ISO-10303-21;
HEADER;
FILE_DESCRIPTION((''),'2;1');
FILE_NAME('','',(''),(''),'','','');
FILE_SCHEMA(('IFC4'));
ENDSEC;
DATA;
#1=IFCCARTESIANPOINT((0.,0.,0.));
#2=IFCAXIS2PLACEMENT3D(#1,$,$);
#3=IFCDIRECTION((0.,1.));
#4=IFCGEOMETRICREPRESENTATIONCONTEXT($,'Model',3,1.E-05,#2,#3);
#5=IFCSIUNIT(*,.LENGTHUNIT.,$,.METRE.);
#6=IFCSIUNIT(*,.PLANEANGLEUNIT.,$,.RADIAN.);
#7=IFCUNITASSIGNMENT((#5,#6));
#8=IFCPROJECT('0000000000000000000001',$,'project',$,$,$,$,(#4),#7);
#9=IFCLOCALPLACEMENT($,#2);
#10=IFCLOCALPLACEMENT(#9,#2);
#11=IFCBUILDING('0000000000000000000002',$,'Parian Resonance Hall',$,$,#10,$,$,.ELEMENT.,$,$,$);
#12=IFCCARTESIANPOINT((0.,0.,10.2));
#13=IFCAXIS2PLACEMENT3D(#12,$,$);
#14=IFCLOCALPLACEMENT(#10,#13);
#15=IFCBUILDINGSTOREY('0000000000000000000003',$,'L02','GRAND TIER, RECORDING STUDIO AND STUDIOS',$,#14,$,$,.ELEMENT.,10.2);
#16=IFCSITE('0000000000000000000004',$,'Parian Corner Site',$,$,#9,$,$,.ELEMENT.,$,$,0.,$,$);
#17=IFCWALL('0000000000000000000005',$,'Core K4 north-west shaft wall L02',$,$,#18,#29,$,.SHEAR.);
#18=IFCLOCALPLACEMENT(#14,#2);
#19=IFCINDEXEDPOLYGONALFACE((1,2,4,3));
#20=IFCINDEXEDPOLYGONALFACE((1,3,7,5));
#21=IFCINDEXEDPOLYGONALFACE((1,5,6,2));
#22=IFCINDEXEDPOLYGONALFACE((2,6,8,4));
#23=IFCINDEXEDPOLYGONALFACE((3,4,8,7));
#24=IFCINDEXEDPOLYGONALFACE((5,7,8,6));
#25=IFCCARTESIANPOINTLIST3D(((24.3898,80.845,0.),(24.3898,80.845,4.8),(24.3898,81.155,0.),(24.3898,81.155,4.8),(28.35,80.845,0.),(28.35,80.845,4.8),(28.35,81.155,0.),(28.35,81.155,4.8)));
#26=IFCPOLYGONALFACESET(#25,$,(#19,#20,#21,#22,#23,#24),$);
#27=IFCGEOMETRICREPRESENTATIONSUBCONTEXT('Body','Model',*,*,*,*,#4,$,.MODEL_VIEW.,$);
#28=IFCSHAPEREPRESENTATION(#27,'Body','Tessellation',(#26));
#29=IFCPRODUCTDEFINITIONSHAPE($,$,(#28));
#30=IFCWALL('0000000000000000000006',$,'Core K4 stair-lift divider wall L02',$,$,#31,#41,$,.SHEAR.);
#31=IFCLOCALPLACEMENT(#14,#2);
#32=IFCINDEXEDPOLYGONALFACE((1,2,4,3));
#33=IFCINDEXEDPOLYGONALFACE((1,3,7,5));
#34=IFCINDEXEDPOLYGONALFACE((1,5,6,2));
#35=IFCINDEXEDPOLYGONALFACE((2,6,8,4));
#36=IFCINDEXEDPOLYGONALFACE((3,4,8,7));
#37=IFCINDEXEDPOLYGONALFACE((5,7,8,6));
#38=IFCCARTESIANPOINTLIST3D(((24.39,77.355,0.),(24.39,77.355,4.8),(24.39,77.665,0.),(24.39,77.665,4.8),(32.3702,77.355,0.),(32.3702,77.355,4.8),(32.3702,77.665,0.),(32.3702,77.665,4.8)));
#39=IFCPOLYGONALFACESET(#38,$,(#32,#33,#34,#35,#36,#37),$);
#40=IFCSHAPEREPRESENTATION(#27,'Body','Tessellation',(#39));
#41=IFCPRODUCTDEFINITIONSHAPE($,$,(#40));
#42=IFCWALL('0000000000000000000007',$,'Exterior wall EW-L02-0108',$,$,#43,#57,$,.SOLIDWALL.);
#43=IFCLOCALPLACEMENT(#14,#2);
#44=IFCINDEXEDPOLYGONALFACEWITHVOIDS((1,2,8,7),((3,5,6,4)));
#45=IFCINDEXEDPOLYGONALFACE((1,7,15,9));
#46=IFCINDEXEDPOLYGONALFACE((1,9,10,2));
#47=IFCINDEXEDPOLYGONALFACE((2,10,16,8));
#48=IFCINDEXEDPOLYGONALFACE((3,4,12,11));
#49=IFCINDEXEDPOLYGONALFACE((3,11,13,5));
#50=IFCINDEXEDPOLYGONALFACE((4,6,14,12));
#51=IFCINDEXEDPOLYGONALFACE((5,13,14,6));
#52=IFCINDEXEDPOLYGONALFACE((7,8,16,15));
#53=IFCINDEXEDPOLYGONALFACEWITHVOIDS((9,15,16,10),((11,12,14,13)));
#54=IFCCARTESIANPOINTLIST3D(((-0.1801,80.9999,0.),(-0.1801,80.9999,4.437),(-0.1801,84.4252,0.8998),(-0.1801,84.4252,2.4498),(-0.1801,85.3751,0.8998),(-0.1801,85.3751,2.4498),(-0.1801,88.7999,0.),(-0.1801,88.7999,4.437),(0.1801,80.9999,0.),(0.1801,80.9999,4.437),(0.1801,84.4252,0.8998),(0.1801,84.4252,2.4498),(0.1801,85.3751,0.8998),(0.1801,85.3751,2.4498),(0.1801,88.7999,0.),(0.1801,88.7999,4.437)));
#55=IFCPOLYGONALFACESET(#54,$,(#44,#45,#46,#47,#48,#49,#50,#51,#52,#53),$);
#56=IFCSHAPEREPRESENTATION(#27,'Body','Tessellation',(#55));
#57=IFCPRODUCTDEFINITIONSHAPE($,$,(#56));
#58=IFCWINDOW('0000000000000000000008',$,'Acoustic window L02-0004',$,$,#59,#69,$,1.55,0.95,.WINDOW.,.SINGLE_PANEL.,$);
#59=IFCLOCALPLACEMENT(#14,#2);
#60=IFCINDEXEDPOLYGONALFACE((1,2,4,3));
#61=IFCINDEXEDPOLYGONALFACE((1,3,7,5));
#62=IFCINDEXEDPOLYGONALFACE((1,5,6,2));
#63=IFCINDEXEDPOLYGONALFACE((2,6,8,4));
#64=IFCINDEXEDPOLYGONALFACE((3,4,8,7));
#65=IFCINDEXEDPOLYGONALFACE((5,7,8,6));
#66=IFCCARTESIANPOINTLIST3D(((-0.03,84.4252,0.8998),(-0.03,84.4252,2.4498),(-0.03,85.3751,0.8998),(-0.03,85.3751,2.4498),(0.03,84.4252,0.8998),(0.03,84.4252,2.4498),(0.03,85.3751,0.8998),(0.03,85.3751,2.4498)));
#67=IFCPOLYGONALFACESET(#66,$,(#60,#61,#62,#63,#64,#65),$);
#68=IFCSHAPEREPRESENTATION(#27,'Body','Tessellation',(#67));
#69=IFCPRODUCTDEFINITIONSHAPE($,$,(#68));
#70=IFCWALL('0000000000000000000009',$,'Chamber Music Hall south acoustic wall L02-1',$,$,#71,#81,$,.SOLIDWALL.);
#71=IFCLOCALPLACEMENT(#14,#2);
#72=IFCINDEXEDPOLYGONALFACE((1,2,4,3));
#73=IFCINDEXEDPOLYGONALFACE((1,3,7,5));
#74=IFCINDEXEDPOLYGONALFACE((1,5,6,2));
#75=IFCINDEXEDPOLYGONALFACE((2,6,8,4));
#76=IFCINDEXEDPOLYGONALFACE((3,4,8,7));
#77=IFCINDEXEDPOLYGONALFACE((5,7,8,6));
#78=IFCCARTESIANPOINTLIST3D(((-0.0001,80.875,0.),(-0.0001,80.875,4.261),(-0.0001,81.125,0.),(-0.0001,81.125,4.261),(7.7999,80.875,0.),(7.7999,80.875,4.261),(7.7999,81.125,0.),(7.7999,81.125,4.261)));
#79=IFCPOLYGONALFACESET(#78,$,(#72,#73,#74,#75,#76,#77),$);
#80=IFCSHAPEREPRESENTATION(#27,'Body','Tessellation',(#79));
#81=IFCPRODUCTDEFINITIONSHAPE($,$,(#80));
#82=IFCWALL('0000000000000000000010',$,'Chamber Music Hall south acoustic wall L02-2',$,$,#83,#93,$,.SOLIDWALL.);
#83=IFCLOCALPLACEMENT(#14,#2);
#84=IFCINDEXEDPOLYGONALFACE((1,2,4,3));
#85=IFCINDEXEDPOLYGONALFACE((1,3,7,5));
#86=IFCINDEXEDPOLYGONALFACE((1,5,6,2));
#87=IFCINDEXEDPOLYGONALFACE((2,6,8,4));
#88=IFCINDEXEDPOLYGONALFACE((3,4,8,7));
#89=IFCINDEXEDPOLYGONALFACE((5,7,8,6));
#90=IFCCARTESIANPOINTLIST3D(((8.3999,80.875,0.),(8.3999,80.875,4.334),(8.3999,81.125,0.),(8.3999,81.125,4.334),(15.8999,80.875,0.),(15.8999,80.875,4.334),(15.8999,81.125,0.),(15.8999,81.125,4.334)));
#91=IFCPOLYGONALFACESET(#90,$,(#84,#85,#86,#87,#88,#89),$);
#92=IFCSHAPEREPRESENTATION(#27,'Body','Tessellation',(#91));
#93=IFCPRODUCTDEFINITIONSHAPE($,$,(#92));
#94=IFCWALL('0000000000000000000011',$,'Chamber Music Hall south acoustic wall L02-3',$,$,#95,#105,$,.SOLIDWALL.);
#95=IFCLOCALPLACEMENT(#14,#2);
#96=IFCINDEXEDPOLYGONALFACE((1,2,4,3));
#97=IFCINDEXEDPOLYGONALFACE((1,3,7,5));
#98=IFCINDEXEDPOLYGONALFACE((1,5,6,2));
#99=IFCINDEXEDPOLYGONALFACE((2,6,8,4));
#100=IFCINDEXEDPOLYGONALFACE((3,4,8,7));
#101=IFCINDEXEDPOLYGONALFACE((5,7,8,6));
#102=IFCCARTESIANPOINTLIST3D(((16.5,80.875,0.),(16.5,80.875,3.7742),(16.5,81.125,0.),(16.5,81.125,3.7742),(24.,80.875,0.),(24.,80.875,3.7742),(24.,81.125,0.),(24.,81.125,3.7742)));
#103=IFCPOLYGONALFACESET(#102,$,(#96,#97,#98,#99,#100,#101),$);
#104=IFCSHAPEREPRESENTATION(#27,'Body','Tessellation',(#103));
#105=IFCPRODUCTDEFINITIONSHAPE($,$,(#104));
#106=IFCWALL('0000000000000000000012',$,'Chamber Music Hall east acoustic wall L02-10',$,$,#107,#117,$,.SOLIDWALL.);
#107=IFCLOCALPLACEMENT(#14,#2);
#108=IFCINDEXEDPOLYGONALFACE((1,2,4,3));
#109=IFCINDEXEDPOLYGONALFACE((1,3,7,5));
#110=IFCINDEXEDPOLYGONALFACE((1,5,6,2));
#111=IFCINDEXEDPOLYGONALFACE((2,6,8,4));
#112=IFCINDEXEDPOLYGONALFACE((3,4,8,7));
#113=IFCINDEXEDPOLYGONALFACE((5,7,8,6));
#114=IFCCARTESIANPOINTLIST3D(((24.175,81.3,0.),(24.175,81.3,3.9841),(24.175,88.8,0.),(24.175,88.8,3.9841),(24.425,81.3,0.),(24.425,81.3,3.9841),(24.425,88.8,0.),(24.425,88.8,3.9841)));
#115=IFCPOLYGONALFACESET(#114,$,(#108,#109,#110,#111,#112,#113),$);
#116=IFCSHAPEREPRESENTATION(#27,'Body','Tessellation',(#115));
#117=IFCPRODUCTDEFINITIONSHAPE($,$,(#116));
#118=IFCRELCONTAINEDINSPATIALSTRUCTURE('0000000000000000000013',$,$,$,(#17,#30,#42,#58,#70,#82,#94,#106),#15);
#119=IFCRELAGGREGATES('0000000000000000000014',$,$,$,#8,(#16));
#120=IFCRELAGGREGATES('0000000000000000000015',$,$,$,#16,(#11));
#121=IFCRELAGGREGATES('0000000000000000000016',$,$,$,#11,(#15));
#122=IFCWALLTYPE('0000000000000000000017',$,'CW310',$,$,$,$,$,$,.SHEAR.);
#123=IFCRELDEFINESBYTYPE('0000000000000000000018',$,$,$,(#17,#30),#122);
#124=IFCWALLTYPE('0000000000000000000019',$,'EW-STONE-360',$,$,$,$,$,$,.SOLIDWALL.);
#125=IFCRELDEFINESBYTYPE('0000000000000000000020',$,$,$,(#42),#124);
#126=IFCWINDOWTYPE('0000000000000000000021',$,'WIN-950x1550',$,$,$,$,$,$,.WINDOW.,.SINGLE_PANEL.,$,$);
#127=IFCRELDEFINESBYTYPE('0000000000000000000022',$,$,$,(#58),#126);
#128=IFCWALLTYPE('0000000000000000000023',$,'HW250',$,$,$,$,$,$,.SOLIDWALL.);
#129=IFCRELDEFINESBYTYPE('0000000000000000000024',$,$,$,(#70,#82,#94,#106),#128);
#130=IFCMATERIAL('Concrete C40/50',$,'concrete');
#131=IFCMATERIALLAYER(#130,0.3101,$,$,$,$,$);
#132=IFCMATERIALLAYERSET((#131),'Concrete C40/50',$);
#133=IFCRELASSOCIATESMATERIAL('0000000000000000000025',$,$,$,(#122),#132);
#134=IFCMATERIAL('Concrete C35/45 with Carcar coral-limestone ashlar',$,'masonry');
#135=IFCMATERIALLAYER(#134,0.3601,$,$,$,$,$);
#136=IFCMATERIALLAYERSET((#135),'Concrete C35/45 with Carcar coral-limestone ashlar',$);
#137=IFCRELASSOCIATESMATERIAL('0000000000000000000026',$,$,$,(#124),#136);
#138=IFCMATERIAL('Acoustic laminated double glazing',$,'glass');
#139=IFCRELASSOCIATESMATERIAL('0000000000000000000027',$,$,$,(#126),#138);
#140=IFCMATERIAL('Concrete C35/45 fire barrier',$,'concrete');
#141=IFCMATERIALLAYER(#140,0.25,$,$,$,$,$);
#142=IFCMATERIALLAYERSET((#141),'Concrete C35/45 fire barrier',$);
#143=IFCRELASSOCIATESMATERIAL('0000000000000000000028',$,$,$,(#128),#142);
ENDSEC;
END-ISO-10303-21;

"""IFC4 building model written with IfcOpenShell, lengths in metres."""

from ifc_helpers import new_model, si_unit, direction, frame, frame_2d, origin, place, context, subcontext, project, spatial, rectangle, extrude, material, layer, layer_set, type_object, element, fill, save


model = new_model("IFC4")

# Units and contexts
model_context = context("Model", 3, precision=1e-05, world=origin(), true_north=direction((0.0, 1.0)))
body_context = subcontext(model_context, "Body", "Model", "MODEL_VIEW")
ifc_project = project(units=[si_unit("LENGTHUNIT", "METRE"), si_unit("PLANEANGLEUNIT", "RADIAN")], contexts=[model_context])

# Site, building, storey
site_placement = place(None, origin())
site = spatial("IfcSite", under=ifc_project, at=site_placement, Name="Parian Corner Site", CompositionType="ELEMENT", RefElevation=0.0)
building_placement = place(site_placement, origin())
building = spatial("IfcBuilding", under=site, at=building_placement, Name="Parian Resonance Hall", CompositionType="ELEMENT")
storey_placement = place(building_placement, frame((0.0, 0.0, 10.2)))
storey = spatial("IfcBuildingStorey", under=building, at=storey_placement, Name="L02", Description="GRAND TIER, RECORDING STUDIO AND STUDIOS", CompositionType="ELEMENT", Elevation=10.2)

# Shared definitions
ifc_material_1 = material(Name="Concrete C40/50", Category="concrete")
ifc_layer_1 = layer(ifc_material_1, 0.3101)
ifc_layer_set_1 = layer_set([ifc_layer_1], Name="Concrete C40/50")
wall_type_1 = type_object("IfcWallType", Name="CW310", PredefinedType="SHEAR", material=ifc_layer_set_1)

# Walls
wall_1_placement = place(storey_placement, frame((24.3899, 81.0, 0.0), z_axis=(0.0, 0.0, 1.0), x_axis=(1.0, 0.0, 0.0)))
element("IfcWall", 1, at=wall_1_placement, inside=storey, type_object=wall_type_1, Name="Core K4 north-west shaft wall L02", PredefinedType="SHEAR", context=body_context, shape_type="SweptSolid", body=[
    extrude(rectangle(XDim=3.9602, YDim=0.3101, at=frame_2d((1.98, 0.0))), origin(), (0.0, 0.0, 1.0), 4.8),
])
wall_2_placement = place(storey_placement, frame((24.3899, 77.51, 0.0), z_axis=(0.0, 0.0, 1.0), x_axis=(1.0, 0.0, 0.0)))
element("IfcWall", 2, at=wall_2_placement, inside=storey, type_object=wall_type_1, Name="Core K4 stair-lift divider wall L02", PredefinedType="SHEAR", context=body_context, shape_type="SweptSolid", body=[
    extrude(rectangle(XDim=7.9802, YDim=0.3101, at=frame_2d((3.9902, 0.0))), origin(), (0.0, 0.0, 1.0), 4.8),
])

# Wall, opening, window
ifc_material_2 = material(Name="Concrete C35/45 with Carcar coral-limestone ashlar", Category="masonry")
ifc_layer_2 = layer(ifc_material_2, 0.3601)
ifc_layer_set_2 = layer_set([ifc_layer_2], Name="Concrete C35/45 with Carcar coral-limestone ashlar")
wall_type_2 = type_object("IfcWallType", Name="EW-STONE-360", PredefinedType="SOLIDWALL", material=ifc_layer_set_2)
wall_3_placement = place(storey_placement, frame((0.0, 81.0, 0.0), z_axis=(0.0, 0.0, 1.0), x_axis=(0.0, 1.0, 0.0)))
wall_3 = element("IfcWall", 3, at=wall_3_placement, inside=storey, type_object=wall_type_2, Name="Exterior wall EW-L02-0108", PredefinedType="SOLIDWALL", context=body_context, shape_type="SweptSolid", body=[
    extrude(rectangle(XDim=7.8, YDim=0.3601, at=frame_2d((3.8999, 0.0))), origin(), (0.0, 0.0, 1.0), 4.437),
])
opening_1_placement = place(wall_3_placement, frame((3.425, 0.0, 0.8999)))
opening_1 = element("IfcOpeningElement", 4, at=opening_1_placement, cuts=wall_3, PredefinedType="OPENING", context=body_context, shape_type="SweptSolid", body=[
    extrude(rectangle(XDim=0.95, YDim=1.55, at=frame_2d((0.4751, 0.7749))), frame((0.0, 0.1899, 0.0), z_axis=(0.0, -1.0, 0.0), x_axis=(1.0, 0.0, 0.0)), (0.0, 0.0, 1.0), 0.3801),
])
ifc_material_3 = material(Name="Acoustic laminated double glazing", Category="glass")
window_type = type_object("IfcWindowType", Name="WIN-950x1550", PartitioningType="SINGLE_PANEL", PredefinedType="WINDOW", material=ifc_material_3)
window_placement = place(opening_1_placement, origin())
window = element("IfcWindow", 5, at=window_placement, inside=storey, type_object=window_type, Name="Acoustic window L02-0004", OverallHeight=1.55, OverallWidth=0.95, PartitioningType="SINGLE_PANEL", PredefinedType="WINDOW", context=body_context, shape_type="SweptSolid", body=[
    extrude(rectangle(XDim=0.95, YDim=1.55, at=frame_2d((0.4751, 0.7749))), frame((0.0, 0.03, 0.0), z_axis=(0.0, -1.0, 0.0), x_axis=(1.0, 0.0, 0.0)), (0.0, 0.0, 1.0), 0.0601),
])
fill(opening_1, window)

# Walls
ifc_material_4 = material(Name="Concrete C35/45 fire barrier", Category="concrete")
ifc_layer_3 = layer(ifc_material_4, 0.25)
ifc_layer_set_3 = layer_set([ifc_layer_3], Name="Concrete C35/45 fire barrier")
wall_type_3 = type_object("IfcWallType", Name="HW250", PredefinedType="SOLIDWALL", material=ifc_layer_set_3)
wall_4_placement = place(storey_placement, frame((0.0, 81.0, 0.0), z_axis=(0.0, 0.0, 1.0), x_axis=(1.0, 0.0, 0.0)))
element("IfcWall", 6, at=wall_4_placement, inside=storey, type_object=wall_type_3, Name="Chamber Music Hall south acoustic wall L02-1", PredefinedType="SOLIDWALL", context=body_context, shape_type="SweptSolid", body=[
    extrude(rectangle(XDim=7.8, YDim=0.25, at=frame_2d((3.8999, 0.0))), origin(), (0.0, 0.0, 1.0), 4.261),
])
wall_5_placement = place(storey_placement, frame((8.3999, 81.0, 0.0), z_axis=(0.0, 0.0, 1.0), x_axis=(1.0, 0.0, 0.0)))
element("IfcWall", 7, at=wall_5_placement, inside=storey, type_object=wall_type_3, Name="Chamber Music Hall south acoustic wall L02-2", PredefinedType="SOLIDWALL", context=body_context, shape_type="SweptSolid", body=[
    extrude(rectangle(XDim=7.5, YDim=0.25, at=frame_2d((3.75, 0.0))), origin(), (0.0, 0.0, 1.0), 4.334),
])
wall_6_placement = place(storey_placement, frame((16.5, 81.0, 0.0), z_axis=(0.0, 0.0, 1.0), x_axis=(1.0, 0.0, 0.0)))
element("IfcWall", 8, at=wall_6_placement, inside=storey, type_object=wall_type_3, Name="Chamber Music Hall south acoustic wall L02-3", PredefinedType="SOLIDWALL", context=body_context, shape_type="SweptSolid", body=[
    extrude(rectangle(XDim=7.5, YDim=0.25, at=frame_2d((3.75, 0.0))), origin(), (0.0, 0.0, 1.0), 3.7742),
])
wall_7_placement = place(storey_placement, frame((24.3, 81.3, 0.0), z_axis=(0.0, 0.0, 1.0), x_axis=(0.0, 1.0, 0.0)))
element("IfcWall", 9, at=wall_7_placement, inside=storey, type_object=wall_type_3, Name="Chamber Music Hall east acoustic wall L02-10", PredefinedType="SOLIDWALL", context=body_context, shape_type="SweptSolid", body=[
    extrude(rectangle(XDim=7.5, YDim=0.25, at=frame_2d((3.75, 0.0))), origin(), (0.0, 0.0, 1.0), 3.9841),
])

save(model, "model.ifc")
